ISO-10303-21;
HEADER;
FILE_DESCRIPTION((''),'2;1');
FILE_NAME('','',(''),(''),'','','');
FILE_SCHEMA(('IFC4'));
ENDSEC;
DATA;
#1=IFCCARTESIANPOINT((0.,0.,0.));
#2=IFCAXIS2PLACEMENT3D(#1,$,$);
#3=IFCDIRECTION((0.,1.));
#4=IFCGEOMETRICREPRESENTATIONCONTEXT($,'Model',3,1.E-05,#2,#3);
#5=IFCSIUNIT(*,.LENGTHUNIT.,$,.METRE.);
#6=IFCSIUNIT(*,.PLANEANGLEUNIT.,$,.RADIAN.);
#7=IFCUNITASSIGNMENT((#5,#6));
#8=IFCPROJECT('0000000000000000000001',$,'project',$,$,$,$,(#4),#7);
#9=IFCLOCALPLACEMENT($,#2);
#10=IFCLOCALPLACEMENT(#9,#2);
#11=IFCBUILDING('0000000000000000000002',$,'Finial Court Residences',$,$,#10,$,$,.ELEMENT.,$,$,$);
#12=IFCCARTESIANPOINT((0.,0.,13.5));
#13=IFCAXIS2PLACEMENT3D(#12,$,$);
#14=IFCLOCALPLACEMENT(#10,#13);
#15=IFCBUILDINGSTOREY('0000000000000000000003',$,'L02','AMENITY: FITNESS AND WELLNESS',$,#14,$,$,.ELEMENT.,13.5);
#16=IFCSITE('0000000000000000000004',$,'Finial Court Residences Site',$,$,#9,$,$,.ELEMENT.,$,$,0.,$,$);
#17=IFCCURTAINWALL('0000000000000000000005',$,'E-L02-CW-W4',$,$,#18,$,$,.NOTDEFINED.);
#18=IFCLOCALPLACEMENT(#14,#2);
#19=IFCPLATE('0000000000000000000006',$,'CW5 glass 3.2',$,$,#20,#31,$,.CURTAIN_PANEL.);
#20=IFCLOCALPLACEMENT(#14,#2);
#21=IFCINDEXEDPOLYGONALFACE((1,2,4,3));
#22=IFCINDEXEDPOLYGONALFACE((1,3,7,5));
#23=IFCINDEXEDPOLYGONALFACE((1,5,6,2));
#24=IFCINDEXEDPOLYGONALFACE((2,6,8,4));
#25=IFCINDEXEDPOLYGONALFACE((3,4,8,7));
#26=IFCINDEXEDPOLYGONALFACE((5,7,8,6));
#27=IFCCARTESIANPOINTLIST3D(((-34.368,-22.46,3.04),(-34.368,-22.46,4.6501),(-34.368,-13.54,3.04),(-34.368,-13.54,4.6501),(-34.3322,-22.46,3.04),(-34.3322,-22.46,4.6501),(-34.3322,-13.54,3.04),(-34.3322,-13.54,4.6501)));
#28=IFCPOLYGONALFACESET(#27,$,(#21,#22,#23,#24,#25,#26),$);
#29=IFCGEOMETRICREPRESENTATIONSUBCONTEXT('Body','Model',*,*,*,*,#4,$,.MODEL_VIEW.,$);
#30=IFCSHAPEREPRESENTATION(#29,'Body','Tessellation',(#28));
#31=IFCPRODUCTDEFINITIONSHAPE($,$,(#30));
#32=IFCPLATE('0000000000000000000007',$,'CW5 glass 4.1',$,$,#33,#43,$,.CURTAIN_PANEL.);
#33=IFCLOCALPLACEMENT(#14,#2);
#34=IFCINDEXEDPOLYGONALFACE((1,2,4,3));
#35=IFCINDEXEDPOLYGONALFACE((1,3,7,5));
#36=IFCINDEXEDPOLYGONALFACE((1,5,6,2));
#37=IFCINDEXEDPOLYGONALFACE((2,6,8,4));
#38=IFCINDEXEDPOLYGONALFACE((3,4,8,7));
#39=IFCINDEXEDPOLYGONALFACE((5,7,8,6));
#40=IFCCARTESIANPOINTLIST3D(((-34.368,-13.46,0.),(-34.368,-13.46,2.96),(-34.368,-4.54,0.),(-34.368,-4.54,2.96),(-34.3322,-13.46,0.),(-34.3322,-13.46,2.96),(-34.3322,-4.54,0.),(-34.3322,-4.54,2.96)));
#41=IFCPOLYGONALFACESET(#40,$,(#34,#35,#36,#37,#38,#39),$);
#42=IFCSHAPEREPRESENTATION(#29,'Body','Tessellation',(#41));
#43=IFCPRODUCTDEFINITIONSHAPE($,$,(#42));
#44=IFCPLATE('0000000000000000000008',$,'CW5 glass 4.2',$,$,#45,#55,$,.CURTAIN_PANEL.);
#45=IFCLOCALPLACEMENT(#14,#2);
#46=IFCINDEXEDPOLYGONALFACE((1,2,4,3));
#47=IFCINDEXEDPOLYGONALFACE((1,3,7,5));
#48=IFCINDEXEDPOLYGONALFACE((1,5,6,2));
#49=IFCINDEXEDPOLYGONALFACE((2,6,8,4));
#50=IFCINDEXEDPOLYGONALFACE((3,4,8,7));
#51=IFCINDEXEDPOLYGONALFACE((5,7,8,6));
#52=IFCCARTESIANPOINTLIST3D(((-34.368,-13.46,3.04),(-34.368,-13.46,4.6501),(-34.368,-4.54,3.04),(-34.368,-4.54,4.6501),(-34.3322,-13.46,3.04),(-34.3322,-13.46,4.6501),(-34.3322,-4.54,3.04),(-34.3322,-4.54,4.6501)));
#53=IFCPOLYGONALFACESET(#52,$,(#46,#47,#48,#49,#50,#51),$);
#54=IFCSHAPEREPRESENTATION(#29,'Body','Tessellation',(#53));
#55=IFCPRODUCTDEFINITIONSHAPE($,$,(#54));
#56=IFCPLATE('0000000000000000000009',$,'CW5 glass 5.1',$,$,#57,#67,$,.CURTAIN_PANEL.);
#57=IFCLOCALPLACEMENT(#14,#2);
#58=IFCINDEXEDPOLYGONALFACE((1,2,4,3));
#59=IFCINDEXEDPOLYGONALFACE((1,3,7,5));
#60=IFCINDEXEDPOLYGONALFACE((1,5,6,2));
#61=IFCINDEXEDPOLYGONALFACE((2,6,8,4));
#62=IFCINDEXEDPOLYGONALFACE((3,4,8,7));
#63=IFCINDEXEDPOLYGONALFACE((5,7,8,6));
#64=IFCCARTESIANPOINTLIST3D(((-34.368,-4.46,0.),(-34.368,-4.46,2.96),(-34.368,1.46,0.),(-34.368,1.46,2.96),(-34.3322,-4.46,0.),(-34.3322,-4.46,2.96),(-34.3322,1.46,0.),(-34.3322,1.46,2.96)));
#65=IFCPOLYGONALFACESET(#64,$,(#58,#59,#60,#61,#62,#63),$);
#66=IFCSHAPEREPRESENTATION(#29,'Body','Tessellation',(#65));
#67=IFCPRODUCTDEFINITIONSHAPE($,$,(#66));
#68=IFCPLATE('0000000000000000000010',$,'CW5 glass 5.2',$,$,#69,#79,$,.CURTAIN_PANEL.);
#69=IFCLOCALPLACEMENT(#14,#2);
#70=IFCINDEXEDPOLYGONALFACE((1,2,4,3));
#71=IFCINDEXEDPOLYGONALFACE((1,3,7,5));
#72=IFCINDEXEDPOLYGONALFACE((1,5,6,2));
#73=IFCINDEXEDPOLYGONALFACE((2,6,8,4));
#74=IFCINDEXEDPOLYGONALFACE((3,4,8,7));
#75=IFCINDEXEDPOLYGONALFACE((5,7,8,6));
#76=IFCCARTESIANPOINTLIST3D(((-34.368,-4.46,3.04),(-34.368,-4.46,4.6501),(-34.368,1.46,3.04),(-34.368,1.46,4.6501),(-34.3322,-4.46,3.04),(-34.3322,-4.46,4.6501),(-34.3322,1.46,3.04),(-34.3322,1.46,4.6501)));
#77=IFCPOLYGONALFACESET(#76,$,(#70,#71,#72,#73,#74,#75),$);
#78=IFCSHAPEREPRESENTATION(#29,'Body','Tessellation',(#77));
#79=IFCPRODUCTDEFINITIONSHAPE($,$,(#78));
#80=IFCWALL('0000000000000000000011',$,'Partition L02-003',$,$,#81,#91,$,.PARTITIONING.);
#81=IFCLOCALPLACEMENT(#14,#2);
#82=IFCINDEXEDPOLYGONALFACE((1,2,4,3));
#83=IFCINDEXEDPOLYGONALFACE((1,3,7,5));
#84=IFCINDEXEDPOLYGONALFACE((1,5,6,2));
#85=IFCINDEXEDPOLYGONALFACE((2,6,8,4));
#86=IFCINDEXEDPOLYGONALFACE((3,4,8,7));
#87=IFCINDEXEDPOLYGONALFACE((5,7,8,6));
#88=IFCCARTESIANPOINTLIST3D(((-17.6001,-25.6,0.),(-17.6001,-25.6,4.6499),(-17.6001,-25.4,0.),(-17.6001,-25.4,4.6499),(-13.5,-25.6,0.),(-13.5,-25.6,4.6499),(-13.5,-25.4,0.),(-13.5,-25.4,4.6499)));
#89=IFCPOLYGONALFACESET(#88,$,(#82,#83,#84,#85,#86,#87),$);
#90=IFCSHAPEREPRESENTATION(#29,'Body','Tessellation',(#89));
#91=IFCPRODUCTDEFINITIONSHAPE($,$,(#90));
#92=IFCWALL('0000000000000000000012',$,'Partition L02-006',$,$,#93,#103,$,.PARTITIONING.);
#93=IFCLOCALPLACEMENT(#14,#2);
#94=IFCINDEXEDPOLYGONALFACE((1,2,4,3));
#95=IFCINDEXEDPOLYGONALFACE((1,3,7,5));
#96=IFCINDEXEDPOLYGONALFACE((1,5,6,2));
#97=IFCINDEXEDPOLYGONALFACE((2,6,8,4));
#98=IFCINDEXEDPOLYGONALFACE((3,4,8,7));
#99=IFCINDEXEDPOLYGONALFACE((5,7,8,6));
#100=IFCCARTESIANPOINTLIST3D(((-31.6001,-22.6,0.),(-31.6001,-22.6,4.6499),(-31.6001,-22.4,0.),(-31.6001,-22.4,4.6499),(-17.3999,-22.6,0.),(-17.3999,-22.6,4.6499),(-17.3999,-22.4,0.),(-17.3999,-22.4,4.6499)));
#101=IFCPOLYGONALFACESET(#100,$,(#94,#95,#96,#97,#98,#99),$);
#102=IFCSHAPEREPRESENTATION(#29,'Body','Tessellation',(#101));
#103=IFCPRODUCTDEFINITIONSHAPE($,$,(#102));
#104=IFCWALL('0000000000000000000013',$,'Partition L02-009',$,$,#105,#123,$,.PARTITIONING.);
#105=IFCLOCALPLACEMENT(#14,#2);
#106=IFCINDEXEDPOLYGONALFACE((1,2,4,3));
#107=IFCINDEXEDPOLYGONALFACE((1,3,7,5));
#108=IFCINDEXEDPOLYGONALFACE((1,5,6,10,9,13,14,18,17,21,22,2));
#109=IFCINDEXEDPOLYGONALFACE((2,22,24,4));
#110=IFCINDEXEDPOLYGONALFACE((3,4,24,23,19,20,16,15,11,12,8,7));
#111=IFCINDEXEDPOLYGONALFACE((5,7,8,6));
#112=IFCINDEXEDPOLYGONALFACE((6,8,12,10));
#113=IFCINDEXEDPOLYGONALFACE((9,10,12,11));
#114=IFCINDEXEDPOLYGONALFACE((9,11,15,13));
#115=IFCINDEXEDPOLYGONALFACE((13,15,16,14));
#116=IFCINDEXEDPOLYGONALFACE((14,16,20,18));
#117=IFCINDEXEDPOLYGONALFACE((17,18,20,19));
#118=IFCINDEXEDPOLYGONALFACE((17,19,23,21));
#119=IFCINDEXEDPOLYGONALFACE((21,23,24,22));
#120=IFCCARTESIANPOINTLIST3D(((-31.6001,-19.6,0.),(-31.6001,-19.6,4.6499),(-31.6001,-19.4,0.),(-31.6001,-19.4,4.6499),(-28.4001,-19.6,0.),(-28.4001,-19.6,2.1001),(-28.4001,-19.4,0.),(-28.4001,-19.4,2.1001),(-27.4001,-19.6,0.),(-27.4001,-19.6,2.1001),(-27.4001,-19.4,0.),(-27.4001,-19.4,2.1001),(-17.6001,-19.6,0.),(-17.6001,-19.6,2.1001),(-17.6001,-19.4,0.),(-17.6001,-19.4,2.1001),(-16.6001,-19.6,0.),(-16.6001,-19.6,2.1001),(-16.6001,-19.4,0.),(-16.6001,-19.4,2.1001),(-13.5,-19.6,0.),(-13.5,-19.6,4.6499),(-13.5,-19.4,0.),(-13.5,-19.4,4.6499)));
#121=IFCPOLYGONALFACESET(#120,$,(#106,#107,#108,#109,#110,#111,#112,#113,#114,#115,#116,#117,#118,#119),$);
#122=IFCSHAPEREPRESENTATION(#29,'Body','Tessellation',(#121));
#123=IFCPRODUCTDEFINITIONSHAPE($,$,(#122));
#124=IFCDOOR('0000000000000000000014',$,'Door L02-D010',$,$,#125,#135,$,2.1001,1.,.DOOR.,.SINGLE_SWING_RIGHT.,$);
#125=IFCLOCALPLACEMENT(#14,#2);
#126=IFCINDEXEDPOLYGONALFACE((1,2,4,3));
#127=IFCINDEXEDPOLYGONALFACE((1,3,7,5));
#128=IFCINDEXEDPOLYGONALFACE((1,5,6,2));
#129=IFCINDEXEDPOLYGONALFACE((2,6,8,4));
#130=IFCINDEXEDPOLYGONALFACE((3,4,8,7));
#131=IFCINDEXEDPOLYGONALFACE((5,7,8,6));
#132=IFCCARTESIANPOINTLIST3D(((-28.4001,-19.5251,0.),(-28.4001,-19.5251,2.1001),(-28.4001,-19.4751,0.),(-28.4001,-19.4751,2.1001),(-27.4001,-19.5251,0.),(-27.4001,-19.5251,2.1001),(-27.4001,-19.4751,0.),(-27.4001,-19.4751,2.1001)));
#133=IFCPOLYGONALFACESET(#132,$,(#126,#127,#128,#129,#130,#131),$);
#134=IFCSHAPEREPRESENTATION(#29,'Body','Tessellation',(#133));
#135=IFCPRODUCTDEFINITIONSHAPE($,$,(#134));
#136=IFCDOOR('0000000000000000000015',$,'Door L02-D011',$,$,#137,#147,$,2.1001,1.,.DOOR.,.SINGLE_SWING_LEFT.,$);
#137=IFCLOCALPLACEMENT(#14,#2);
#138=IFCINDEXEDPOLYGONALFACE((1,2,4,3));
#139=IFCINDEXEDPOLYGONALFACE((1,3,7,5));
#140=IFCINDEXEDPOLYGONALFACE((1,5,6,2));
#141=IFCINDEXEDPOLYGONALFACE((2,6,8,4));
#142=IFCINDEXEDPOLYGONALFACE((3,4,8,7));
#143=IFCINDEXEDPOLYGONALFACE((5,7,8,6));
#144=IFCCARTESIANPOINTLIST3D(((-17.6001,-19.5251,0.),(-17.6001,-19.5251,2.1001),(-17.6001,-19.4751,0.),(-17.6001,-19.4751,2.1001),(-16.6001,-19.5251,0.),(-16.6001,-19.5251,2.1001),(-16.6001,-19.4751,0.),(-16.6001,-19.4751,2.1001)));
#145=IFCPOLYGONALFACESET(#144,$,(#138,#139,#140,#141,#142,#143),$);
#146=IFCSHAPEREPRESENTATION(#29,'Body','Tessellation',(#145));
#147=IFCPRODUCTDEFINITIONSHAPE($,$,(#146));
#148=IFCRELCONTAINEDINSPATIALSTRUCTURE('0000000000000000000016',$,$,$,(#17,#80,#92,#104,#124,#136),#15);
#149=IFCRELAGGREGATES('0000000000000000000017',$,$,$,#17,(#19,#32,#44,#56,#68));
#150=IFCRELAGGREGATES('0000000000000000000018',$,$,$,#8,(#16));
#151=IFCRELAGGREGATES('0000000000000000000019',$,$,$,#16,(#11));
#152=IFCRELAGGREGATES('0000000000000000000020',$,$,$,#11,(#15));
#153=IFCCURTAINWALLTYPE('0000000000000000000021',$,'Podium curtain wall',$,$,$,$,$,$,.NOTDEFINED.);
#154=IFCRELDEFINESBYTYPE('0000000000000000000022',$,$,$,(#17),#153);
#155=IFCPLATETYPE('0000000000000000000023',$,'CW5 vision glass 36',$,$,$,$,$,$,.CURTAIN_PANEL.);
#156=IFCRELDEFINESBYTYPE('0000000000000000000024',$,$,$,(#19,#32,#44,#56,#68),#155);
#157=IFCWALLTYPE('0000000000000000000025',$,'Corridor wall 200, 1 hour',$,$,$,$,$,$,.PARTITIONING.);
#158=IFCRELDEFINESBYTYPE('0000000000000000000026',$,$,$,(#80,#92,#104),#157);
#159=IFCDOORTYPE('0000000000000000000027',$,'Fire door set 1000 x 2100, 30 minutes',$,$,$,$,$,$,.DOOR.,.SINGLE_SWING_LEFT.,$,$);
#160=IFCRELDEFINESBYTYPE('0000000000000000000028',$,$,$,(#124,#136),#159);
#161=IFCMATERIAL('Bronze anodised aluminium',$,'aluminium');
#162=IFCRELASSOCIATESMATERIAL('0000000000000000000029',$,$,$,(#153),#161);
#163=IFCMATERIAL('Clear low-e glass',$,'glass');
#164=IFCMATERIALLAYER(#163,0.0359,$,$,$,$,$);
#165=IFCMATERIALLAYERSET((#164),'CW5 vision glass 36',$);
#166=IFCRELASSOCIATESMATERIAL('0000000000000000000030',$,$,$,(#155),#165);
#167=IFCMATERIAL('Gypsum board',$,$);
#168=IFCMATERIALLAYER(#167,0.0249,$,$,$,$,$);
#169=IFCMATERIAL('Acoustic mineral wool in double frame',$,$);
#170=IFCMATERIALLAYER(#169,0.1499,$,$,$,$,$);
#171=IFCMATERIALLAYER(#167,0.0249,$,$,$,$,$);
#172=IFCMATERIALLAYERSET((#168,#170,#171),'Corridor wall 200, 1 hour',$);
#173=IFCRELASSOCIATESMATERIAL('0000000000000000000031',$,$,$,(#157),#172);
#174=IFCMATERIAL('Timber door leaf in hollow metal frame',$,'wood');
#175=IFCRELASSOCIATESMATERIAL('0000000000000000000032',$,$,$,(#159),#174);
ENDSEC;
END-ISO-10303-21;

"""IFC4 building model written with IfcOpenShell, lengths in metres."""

from ifc_helpers import new_model, si_unit, direction, frame, frame_2d, origin, origin_2d, place, context, subcontext, project, spatial, rectangle, extrude, material, layer, layer_set, type_object, element, fill, aggregate, save


model = new_model("IFC4")

# Units and contexts
model_context = context("Model", 3, precision=1e-05, world=origin(), true_north=direction((0.0, 1.0)))
body_context = subcontext(model_context, "Body", "Model", "MODEL_VIEW")
ifc_project = project(units=[si_unit("LENGTHUNIT", "METRE"), si_unit("PLANEANGLEUNIT", "RADIAN")], contexts=[model_context])

# Site, building, storey
site_placement = place(None, origin())
site = spatial("IfcSite", under=ifc_project, at=site_placement, Name="Finial Court Residences Site", CompositionType="ELEMENT", RefElevation=0.0)
building_placement = place(site_placement, origin())
building = spatial("IfcBuilding", under=site, at=building_placement, Name="Finial Court Residences", CompositionType="ELEMENT")
storey_placement = place(building_placement, frame((0.0, 0.0, 13.5)))
storey = spatial("IfcBuildingStorey", under=building, at=storey_placement, Name="L02", Description="AMENITY: FITNESS AND WELLNESS", CompositionType="ELEMENT", Elevation=13.5)

# Curtain wall, plates
ifc_material_1 = material(Name="Bronze anodised aluminium", Category="aluminium")
curtain_wall_type = type_object("IfcCurtainWallType", Name="Podium curtain wall", PredefinedType="NOTDEFINED", material=ifc_material_1)
curtain_wall_placement = place(storey_placement, origin())
curtain_wall = element("IfcCurtainWall", 1, at=curtain_wall_placement, inside=storey, type_object=curtain_wall_type, Name="E-L02-CW-W4", PredefinedType="NOTDEFINED")
ifc_material_2 = material(Name="Clear low-e glass", Category="glass")
ifc_layer_1 = layer(ifc_material_2, 0.0359)
ifc_layer_set_1 = layer_set([ifc_layer_1], Name="CW5 vision glass 36")
plate_type = type_object("IfcPlateType", Name="CW5 vision glass 36", PredefinedType="CURTAIN_PANEL", material=ifc_layer_set_1)
plate_1_placement = place(storey_placement, frame((-34.3501, -18.0, 3.04), z_axis=(0.0, 0.0, 1.0), x_axis=(0.0, 1.0, 0.0)))
plate_1 = element("IfcPlate", 2, at=plate_1_placement, type_object=plate_type, Name="CW5 glass 3.2", PredefinedType="CURTAIN_PANEL", context=body_context, shape_type="SweptSolid", body=[
    extrude(rectangle(XDim=8.9199, YDim=0.0359, at=origin_2d()), origin(), (0.0, 0.0, 1.0), 1.6101),
])
plate_2_placement = place(storey_placement, frame((-34.3501, -9.0, 0.0), z_axis=(0.0, 0.0, 1.0), x_axis=(0.0, 1.0, 0.0)))
plate_2 = element("IfcPlate", 3, at=plate_2_placement, type_object=plate_type, Name="CW5 glass 4.1", PredefinedType="CURTAIN_PANEL", context=body_context, shape_type="SweptSolid", body=[
    extrude(rectangle(XDim=8.9199, YDim=0.0359, at=origin_2d()), origin(), (0.0, 0.0, 1.0), 2.96),
])
plate_3_placement = place(storey_placement, frame((-34.3501, -9.0, 3.04), z_axis=(0.0, 0.0, 1.0), x_axis=(0.0, 1.0, 0.0)))
plate_3 = element("IfcPlate", 4, at=plate_3_placement, type_object=plate_type, Name="CW5 glass 4.2", PredefinedType="CURTAIN_PANEL", context=body_context, shape_type="SweptSolid", body=[
    extrude(rectangle(XDim=8.9199, YDim=0.0359, at=origin_2d()), origin(), (0.0, 0.0, 1.0), 1.6101),
])
plate_4_placement = place(storey_placement, frame((-34.3501, -1.5, 0.0), z_axis=(0.0, 0.0, 1.0), x_axis=(0.0, 1.0, 0.0)))
plate_4 = element("IfcPlate", 5, at=plate_4_placement, type_object=plate_type, Name="CW5 glass 5.1", PredefinedType="CURTAIN_PANEL", context=body_context, shape_type="SweptSolid", body=[
    extrude(rectangle(XDim=5.9199, YDim=0.0359, at=origin_2d()), origin(), (0.0, 0.0, 1.0), 2.96),
])
plate_5_placement = place(storey_placement, frame((-34.3501, -1.5, 3.04), z_axis=(0.0, 0.0, 1.0), x_axis=(0.0, 1.0, 0.0)))
plate_5 = element("IfcPlate", 6, at=plate_5_placement, type_object=plate_type, Name="CW5 glass 5.2", PredefinedType="CURTAIN_PANEL", context=body_context, shape_type="SweptSolid", body=[
    extrude(rectangle(XDim=5.9199, YDim=0.0359, at=origin_2d()), origin(), (0.0, 0.0, 1.0), 1.6101),
])
aggregate(curtain_wall, [plate_1, plate_2, plate_3, plate_4, plate_5])

# Walls
ifc_material_3 = material(Name="Gypsum board")
ifc_layer_2 = layer(ifc_material_3, 0.0249)
ifc_material_4 = material(Name="Acoustic mineral wool in double frame")
ifc_layer_3 = layer(ifc_material_4, 0.1499)
ifc_layer_4 = layer(ifc_material_3, 0.0249)
ifc_layer_set_2 = layer_set([ifc_layer_2, ifc_layer_3, ifc_layer_4], Name="Corridor wall 200, 1 hour")
wall_type_1 = type_object("IfcWallType", Name="Corridor wall 200, 1 hour", PredefinedType="PARTITIONING", material=ifc_layer_set_2)
wall_1_placement = place(storey_placement, frame((-17.6001, -25.5, 0.0), z_axis=(0.0, 0.0, 1.0), x_axis=(1.0, 0.0, 0.0)))
element("IfcWall", 7, at=wall_1_placement, inside=storey, type_object=wall_type_1, Name="Partition L02-003", PredefinedType="PARTITIONING", context=body_context, shape_type="SweptSolid", body=[
    extrude(rectangle(XDim=4.1001, YDim=0.2, at=frame_2d((2.05, 0.0))), origin(), (0.0, 0.0, 1.0), 4.6499),
])
wall_2_placement = place(storey_placement, frame((-31.6001, -22.5, 0.0), z_axis=(0.0, 0.0, 1.0), x_axis=(1.0, 0.0, 0.0)))
element("IfcWall", 8, at=wall_2_placement, inside=storey, type_object=wall_type_1, Name="Partition L02-006", PredefinedType="PARTITIONING", context=body_context, shape_type="SweptSolid", body=[
    extrude(rectangle(XDim=14.2002, YDim=0.2, at=frame_2d((7.1001, 0.0))), origin(), (0.0, 0.0, 1.0), 4.6499),
])

# Wall, openings, doors
wall_3_placement = place(storey_placement, frame((-31.6001, -19.5, 0.0), z_axis=(0.0, 0.0, 1.0), x_axis=(1.0, 0.0, 0.0)))
wall_3 = element("IfcWall", 9, at=wall_3_placement, inside=storey, type_object=wall_type_1, Name="Partition L02-009", PredefinedType="PARTITIONING", context=body_context, shape_type="SweptSolid", body=[
    extrude(rectangle(XDim=18.1001, YDim=0.2, at=frame_2d((9.05, 0.0))), origin(), (0.0, 0.0, 1.0), 4.6499),
])
opening_1_placement = place(wall_3_placement, frame((3.2, 0.0, 0.0)))
opening_1 = element("IfcOpeningElement", 10, at=opening_1_placement, cuts=wall_3, PredefinedType="OPENING", context=body_context, shape_type="SweptSolid", body=[
    extrude(rectangle(XDim=1.0, YDim=2.1001, at=frame_2d((0.5, 1.05))), frame((0.0, 0.1099, 0.0), z_axis=(0.0, -1.0, 0.0), x_axis=(1.0, 0.0, 0.0)), (0.0, 0.0, 1.0), 0.22),
])
opening_2_placement = place(wall_3_placement, frame((14.0, 0.0, 0.0)))
opening_2 = element("IfcOpeningElement", 11, at=opening_2_placement, cuts=wall_3, PredefinedType="OPENING", context=body_context, shape_type="SweptSolid", body=[
    extrude(rectangle(XDim=1.0, YDim=2.1001, at=frame_2d((0.5, 1.05))), frame((0.0, 0.1099, 0.0), z_axis=(0.0, -1.0, 0.0), x_axis=(1.0, 0.0, 0.0)), (0.0, 0.0, 1.0), 0.22),
])
ifc_material_5 = material(Name="Timber door leaf in hollow metal frame", Category="wood")
door_type = type_object("IfcDoorType", Name="Fire door set 1000 x 2100, 30 minutes", OperationType="SINGLE_SWING_LEFT", PredefinedType="DOOR", material=ifc_material_5)
door_1_placement = place(opening_1_placement, origin())
door_1 = element("IfcDoor", 12, at=door_1_placement, inside=storey, type_object=door_type, Name="Door L02-D010", OperationType="SINGLE_SWING_RIGHT", OverallHeight=2.1001, OverallWidth=1.0, PredefinedType="DOOR", context=body_context, shape_type="SweptSolid", body=[
    extrude(rectangle(XDim=1.0, YDim=2.1001, at=frame_2d((0.5, 1.05))), frame((0.0, 0.0249, 0.0), z_axis=(0.0, -1.0, 0.0), x_axis=(1.0, 0.0, 0.0)), (0.0, 0.0, 1.0), 0.05),
])
fill(opening_1, door_1)
door_2_placement = place(opening_2_placement, origin())
door_2 = element("IfcDoor", 13, at=door_2_placement, inside=storey, type_object=door_type, Name="Door L02-D011", OperationType="SINGLE_SWING_LEFT", OverallHeight=2.1001, OverallWidth=1.0, PredefinedType="DOOR", context=body_context, shape_type="SweptSolid", body=[
    extrude(rectangle(XDim=1.0, YDim=2.1001, at=frame_2d((0.5, 1.05))), frame((0.0, 0.0249, 0.0), z_axis=(0.0, -1.0, 0.0), x_axis=(1.0, 0.0, 0.0)), (0.0, 0.0, 1.0), 0.05),
])
fill(opening_2, door_2)

save(model, "model.ifc")
